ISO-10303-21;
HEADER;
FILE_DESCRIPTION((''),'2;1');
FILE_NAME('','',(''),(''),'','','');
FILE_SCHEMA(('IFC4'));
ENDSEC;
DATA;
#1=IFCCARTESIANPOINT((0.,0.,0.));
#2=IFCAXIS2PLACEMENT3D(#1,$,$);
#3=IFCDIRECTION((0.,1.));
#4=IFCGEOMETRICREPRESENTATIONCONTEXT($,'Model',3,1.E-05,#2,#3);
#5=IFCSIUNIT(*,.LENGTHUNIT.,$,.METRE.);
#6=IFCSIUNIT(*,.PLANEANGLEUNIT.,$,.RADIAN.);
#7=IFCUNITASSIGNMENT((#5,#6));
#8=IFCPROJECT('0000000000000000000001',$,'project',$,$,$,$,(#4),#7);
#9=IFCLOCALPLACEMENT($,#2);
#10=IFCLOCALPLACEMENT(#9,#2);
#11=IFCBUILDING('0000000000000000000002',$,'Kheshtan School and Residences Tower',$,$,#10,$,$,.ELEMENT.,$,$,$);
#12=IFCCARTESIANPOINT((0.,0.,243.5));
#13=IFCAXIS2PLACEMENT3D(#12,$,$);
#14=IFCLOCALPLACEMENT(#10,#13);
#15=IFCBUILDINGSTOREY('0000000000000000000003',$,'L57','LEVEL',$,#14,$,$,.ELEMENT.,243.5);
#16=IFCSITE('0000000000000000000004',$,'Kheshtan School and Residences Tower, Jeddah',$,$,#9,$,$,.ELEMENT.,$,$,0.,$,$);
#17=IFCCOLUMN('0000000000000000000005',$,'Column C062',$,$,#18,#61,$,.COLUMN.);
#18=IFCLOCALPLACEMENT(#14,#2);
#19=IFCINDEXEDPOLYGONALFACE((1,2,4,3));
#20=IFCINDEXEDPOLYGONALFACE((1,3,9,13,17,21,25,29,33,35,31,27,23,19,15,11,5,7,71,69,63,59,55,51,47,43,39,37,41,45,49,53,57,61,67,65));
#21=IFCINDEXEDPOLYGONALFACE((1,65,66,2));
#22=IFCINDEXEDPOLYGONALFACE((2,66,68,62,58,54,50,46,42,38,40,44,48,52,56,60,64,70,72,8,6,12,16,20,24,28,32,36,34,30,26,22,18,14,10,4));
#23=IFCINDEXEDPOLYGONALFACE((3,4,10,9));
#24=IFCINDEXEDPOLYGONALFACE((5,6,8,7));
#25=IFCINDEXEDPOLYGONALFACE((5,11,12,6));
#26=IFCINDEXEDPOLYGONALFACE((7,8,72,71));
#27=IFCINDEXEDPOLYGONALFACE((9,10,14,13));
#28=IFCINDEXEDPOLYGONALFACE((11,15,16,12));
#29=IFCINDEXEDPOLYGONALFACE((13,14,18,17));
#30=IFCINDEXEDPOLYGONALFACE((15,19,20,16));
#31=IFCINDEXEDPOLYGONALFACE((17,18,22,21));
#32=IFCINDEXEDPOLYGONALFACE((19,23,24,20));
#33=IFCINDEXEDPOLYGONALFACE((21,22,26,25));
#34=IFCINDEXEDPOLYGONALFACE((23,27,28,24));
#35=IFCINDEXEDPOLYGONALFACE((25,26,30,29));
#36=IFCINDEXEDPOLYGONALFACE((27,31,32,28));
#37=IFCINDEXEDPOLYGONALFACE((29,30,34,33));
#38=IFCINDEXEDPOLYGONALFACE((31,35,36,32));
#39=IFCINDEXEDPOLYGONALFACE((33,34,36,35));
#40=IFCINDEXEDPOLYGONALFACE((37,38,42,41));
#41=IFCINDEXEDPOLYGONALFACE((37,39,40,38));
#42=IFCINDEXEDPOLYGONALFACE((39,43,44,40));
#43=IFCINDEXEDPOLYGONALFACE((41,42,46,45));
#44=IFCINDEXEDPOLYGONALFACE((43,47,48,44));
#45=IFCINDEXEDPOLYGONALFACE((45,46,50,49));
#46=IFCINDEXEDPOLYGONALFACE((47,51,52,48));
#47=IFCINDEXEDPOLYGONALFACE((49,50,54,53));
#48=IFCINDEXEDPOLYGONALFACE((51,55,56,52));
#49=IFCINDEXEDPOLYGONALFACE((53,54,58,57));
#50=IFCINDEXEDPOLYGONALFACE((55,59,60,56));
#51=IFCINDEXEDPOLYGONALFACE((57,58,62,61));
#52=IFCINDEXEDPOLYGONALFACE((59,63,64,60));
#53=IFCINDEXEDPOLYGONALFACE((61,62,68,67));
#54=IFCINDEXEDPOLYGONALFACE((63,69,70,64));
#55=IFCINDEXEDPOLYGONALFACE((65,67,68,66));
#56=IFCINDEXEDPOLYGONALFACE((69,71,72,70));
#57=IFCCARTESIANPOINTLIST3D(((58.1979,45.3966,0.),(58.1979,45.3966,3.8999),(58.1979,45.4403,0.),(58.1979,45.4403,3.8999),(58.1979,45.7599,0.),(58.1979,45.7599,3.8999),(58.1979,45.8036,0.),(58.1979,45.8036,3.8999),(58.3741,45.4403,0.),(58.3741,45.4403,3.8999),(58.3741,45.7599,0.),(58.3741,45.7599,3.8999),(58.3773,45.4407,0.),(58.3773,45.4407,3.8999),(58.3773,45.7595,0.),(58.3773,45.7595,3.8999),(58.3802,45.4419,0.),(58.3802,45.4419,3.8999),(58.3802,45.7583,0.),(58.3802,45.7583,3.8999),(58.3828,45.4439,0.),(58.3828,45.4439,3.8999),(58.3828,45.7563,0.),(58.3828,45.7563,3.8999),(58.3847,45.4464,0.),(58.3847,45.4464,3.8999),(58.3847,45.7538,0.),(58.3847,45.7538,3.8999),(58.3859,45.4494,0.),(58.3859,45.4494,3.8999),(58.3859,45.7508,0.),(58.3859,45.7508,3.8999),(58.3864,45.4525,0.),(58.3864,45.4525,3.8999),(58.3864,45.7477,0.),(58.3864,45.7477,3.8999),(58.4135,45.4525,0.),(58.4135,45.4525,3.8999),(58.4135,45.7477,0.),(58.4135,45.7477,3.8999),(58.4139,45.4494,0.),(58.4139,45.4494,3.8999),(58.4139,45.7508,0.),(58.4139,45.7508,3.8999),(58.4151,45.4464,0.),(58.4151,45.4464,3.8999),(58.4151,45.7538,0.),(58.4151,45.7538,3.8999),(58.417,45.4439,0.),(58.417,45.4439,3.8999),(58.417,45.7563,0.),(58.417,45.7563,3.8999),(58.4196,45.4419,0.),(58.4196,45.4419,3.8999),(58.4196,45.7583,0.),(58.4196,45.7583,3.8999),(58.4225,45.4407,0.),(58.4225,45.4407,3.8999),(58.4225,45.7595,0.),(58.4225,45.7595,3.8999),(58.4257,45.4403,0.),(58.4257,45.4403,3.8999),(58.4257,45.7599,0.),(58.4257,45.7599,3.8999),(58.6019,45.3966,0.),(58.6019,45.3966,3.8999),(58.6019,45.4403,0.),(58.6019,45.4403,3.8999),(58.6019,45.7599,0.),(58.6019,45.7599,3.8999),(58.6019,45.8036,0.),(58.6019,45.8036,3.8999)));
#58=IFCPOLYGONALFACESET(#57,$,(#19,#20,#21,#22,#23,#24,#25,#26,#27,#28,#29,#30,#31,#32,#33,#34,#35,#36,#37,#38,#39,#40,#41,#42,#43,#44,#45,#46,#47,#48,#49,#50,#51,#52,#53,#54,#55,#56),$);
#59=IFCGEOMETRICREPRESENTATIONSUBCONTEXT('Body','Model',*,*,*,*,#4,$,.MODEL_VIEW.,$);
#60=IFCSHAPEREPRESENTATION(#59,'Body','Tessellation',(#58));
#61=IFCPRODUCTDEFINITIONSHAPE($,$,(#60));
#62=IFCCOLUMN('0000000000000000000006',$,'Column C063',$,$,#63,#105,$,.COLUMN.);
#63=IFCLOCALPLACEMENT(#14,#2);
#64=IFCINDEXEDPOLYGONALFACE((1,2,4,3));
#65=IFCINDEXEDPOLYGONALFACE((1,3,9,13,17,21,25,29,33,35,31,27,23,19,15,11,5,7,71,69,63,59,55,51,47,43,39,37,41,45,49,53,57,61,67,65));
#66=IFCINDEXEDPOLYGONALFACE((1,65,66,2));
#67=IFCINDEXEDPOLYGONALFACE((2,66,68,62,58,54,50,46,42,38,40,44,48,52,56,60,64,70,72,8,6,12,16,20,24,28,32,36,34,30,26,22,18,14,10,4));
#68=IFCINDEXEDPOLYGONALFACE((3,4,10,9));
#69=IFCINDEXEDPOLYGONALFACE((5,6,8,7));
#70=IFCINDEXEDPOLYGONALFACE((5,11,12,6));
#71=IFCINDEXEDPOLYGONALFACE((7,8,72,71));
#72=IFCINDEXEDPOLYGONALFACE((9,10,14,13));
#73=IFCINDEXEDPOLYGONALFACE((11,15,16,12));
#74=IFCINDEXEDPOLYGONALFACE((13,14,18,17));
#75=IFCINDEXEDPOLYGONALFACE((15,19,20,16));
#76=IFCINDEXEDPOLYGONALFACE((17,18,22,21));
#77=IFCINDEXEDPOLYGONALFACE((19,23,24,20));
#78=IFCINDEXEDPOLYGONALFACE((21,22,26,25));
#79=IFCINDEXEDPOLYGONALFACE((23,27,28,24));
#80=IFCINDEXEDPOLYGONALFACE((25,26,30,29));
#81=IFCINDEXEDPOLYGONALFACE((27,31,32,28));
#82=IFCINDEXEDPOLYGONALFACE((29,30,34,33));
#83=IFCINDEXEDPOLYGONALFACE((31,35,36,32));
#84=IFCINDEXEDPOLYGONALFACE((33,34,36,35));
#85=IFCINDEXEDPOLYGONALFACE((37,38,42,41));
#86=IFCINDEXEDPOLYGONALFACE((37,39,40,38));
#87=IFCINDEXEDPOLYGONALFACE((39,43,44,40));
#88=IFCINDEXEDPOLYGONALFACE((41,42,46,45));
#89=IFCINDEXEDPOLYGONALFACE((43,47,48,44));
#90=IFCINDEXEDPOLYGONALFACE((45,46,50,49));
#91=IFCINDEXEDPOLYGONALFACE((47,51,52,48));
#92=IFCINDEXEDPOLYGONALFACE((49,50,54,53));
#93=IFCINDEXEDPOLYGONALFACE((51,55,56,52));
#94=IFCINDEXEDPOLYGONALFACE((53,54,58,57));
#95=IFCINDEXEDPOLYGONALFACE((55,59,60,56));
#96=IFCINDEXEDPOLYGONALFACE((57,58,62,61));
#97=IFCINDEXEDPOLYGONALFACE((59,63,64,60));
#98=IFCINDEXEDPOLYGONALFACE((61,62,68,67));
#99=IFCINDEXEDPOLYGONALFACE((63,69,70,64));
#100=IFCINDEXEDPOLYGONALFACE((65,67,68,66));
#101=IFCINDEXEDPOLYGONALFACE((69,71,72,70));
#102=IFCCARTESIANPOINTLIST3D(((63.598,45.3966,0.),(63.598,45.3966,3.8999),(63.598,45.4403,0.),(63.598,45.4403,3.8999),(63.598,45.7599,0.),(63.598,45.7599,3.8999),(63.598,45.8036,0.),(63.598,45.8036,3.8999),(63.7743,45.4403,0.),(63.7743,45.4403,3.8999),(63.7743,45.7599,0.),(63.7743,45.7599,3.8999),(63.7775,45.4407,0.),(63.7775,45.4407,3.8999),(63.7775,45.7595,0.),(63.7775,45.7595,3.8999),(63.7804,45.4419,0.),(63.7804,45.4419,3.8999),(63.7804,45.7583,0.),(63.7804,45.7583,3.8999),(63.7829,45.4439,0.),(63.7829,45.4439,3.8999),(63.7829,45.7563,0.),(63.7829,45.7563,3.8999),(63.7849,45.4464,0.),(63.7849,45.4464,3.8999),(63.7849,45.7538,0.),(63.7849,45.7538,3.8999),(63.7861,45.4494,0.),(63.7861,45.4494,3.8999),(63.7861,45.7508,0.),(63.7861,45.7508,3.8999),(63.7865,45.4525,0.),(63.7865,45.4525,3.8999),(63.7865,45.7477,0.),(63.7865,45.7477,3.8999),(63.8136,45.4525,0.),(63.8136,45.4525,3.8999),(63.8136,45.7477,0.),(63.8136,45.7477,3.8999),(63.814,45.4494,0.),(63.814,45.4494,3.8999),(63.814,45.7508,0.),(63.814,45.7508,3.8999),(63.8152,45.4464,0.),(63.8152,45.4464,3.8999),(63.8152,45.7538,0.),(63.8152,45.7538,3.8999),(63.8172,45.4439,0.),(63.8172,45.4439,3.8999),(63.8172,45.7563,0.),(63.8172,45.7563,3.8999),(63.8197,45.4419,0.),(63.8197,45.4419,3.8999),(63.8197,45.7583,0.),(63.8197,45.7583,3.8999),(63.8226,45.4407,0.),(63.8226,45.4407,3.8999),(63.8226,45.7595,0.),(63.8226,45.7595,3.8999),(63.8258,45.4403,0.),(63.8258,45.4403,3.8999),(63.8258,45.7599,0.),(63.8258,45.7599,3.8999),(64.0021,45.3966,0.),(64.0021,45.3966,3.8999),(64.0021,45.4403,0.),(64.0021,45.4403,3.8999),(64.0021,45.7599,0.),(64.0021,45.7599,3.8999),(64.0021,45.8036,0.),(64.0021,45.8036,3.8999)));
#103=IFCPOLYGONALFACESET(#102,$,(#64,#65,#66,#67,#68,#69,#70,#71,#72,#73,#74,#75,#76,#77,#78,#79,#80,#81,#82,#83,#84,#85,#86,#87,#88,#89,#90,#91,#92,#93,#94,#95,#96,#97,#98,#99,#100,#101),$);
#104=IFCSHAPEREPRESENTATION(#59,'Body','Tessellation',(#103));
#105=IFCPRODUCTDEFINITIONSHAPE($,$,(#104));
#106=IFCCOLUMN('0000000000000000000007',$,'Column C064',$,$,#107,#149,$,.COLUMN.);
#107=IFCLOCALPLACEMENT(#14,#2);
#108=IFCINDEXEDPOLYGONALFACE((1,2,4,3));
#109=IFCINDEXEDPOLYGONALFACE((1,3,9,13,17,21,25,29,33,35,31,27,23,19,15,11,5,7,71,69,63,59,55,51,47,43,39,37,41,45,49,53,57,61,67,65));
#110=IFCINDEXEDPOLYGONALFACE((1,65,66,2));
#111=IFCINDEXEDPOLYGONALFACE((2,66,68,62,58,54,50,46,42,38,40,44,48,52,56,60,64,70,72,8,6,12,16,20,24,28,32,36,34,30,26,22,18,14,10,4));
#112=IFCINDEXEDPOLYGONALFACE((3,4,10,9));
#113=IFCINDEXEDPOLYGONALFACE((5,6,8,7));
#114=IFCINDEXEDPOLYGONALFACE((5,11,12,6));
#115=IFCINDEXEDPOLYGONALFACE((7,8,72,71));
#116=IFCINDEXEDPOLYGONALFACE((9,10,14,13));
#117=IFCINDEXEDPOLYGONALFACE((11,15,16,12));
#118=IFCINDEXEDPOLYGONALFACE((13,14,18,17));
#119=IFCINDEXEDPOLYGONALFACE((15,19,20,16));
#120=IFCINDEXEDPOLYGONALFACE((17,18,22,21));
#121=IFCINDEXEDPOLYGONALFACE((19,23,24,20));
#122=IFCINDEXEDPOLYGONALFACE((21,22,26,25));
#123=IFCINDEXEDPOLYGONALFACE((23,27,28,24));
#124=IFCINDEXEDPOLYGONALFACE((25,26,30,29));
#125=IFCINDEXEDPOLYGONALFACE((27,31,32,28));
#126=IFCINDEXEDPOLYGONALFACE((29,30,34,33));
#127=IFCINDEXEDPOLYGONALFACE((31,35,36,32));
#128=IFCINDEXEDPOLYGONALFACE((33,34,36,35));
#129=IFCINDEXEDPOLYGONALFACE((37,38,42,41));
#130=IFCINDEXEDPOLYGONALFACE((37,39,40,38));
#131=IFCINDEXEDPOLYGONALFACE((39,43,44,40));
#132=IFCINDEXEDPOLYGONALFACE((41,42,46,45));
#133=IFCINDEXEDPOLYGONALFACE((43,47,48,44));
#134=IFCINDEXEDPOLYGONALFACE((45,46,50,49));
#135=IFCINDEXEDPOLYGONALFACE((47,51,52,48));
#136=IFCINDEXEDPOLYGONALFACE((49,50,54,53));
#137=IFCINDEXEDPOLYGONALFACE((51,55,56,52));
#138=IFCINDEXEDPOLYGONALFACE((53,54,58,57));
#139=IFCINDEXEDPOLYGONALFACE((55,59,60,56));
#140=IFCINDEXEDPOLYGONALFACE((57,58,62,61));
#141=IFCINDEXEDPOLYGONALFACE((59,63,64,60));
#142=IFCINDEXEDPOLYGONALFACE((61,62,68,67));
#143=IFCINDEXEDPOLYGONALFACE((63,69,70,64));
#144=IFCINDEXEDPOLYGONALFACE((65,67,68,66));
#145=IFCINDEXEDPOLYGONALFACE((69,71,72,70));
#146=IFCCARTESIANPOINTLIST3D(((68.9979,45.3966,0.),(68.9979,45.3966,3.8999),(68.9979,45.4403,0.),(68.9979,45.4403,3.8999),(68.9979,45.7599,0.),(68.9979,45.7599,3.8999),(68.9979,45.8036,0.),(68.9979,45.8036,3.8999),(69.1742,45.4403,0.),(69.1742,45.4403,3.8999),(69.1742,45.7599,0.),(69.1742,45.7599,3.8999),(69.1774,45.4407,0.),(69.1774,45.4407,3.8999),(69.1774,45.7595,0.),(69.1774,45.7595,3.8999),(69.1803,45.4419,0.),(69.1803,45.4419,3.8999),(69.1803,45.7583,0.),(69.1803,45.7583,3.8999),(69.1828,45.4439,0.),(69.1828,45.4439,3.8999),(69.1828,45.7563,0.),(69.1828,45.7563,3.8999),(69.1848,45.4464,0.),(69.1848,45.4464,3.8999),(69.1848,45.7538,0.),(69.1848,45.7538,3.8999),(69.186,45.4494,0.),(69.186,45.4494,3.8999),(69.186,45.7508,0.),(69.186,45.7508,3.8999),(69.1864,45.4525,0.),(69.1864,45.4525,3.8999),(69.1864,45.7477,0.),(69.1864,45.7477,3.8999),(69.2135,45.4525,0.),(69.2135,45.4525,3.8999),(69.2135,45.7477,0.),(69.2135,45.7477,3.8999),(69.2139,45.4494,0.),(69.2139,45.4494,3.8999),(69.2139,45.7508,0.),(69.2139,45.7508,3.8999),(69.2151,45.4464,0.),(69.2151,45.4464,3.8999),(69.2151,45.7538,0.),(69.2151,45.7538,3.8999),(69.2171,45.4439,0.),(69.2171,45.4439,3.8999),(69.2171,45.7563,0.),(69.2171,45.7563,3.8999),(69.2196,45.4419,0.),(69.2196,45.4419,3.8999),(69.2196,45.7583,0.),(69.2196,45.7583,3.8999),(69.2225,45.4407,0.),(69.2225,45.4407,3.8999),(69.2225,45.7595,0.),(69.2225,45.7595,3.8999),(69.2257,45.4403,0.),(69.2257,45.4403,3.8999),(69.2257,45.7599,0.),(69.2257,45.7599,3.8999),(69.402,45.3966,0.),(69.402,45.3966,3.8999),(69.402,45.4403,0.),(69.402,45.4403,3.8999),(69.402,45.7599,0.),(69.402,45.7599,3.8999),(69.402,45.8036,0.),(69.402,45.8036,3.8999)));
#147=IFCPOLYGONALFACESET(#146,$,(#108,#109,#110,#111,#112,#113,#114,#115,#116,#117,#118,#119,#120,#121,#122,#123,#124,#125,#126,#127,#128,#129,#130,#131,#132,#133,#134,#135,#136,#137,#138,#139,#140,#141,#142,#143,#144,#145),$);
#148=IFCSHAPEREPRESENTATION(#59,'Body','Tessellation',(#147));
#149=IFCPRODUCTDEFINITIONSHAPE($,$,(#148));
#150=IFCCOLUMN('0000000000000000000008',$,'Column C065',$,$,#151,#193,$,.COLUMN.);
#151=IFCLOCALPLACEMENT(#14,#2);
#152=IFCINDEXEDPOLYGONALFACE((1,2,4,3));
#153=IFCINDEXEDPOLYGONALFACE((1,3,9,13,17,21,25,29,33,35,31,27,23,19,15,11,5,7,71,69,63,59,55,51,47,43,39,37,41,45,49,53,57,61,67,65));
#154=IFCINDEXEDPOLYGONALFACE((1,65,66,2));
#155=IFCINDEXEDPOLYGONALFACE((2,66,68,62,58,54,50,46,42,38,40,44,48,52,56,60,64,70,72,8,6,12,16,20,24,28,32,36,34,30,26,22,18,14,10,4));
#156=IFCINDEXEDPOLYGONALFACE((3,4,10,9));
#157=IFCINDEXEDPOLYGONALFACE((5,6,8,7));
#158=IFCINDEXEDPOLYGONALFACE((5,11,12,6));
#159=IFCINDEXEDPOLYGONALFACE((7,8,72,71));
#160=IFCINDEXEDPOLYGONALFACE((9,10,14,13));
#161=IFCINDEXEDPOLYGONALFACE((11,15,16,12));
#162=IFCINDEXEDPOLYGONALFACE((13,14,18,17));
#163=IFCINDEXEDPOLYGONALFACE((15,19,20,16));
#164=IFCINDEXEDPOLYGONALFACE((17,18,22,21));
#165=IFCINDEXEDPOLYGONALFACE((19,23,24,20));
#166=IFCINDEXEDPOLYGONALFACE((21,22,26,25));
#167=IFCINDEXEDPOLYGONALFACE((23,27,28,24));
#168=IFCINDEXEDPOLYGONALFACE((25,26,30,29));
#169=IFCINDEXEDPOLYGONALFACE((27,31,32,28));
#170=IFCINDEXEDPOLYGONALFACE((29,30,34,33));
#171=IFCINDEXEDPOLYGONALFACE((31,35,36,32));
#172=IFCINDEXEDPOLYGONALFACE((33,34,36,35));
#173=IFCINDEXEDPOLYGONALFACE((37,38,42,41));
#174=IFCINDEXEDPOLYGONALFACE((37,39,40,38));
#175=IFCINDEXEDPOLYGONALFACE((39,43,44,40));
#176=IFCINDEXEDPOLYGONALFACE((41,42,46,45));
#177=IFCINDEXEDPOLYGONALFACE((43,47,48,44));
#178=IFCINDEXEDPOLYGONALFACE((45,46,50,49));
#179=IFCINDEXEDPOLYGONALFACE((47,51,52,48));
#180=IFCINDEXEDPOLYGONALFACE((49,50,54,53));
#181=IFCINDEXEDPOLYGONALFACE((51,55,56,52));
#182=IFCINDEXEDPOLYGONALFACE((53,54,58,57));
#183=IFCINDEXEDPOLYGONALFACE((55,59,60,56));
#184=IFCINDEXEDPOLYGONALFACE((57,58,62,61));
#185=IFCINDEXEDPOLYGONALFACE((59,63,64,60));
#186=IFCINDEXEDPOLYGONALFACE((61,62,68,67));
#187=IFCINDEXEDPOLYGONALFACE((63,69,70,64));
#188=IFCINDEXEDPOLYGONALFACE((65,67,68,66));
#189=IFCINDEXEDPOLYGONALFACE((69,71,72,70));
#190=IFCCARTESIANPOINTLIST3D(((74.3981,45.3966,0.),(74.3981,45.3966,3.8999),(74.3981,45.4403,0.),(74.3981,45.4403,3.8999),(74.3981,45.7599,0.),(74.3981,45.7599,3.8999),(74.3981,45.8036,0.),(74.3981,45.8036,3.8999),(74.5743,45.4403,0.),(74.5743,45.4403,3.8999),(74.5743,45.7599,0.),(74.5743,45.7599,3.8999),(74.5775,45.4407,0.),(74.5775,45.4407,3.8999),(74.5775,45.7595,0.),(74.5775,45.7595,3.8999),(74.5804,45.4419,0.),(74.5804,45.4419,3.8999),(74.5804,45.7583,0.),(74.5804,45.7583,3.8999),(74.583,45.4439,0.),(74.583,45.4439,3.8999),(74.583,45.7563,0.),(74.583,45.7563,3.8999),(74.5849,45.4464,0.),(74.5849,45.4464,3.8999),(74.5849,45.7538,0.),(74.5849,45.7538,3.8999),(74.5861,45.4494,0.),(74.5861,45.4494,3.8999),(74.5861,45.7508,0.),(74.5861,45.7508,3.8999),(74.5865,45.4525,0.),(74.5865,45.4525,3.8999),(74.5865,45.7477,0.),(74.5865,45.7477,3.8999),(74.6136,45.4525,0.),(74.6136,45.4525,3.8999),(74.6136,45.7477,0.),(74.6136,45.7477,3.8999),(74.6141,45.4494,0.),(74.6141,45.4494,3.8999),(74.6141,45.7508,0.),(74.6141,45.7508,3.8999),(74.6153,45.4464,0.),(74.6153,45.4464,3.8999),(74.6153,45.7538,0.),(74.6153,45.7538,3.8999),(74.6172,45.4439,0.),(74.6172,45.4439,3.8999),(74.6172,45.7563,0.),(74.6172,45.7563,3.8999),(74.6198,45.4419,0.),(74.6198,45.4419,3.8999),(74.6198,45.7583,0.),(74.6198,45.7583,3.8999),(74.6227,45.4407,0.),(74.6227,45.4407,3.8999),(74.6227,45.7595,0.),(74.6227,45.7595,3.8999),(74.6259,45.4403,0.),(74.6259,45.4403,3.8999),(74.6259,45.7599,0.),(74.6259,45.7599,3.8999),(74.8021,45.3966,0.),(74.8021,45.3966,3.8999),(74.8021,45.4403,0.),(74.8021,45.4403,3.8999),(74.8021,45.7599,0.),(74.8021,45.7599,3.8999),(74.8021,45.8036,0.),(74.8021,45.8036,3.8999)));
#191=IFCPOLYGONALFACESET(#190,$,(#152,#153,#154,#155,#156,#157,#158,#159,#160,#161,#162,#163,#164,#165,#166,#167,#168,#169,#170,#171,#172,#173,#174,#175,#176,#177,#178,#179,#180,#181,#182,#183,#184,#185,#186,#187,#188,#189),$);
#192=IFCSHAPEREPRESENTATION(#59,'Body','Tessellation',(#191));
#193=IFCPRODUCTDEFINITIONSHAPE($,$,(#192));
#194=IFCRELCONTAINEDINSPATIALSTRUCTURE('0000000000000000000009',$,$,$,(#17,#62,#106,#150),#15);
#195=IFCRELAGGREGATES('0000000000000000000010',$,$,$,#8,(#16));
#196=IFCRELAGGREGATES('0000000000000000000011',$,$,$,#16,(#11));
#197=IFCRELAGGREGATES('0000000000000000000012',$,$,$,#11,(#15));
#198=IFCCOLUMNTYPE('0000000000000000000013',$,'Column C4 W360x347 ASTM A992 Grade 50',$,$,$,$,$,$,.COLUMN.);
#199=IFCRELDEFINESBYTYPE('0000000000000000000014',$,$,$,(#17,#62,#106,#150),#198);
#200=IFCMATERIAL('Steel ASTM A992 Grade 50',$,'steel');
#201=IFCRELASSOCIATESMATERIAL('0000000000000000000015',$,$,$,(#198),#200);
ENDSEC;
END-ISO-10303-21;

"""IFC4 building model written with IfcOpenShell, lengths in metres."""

from ifc_helpers import new_model, si_unit, direction, frame, origin, origin_2d, place, context, subcontext, project, spatial, i_section, extrude, material, material_profile, profile_set, type_object, element, save


model = new_model("IFC4")

# Units and contexts
model_context = context("Model", 3, precision=1e-05, world=origin(), true_north=direction((0.0, 1.0)))
body_context = subcontext(model_context, "Body", "Model", "MODEL_VIEW")
ifc_project = project(units=[si_unit("LENGTHUNIT", "METRE"), si_unit("PLANEANGLEUNIT", "RADIAN")], contexts=[model_context])

# Site, building, storey
site_placement = place(None, origin())
site = spatial("IfcSite", under=ifc_project, at=site_placement, Name="Kheshtan School and Residences Tower, Jeddah", CompositionType="ELEMENT", RefElevation=0.0)
building_placement = place(site_placement, origin())
building = spatial("IfcBuilding", under=site, at=building_placement, Name="Kheshtan School and Residences Tower", CompositionType="ELEMENT")
storey_placement = place(building_placement, frame((0.0, 0.0, 243.5)))
storey = spatial("IfcBuildingStorey", under=building, at=storey_placement, Name="L57", Description="LEVEL", CompositionType="ELEMENT", Elevation=243.5)

# Columns
ifc_material_1 = material(Name="Steel ASTM A992 Grade 50", Category="steel")
ifc_material_profile_1 = material_profile(ifc_material_1, i_section(OverallWidth=0.4041, OverallDepth=0.407, WebThickness=0.0271, FlangeThickness=0.0437, FilletRadius=0.0122, at=origin_2d()), Name="W360x347")
ifc_profile_set_1 = profile_set([ifc_material_profile_1], Name="Steel ASTM A992 Grade 50")
column_type = type_object("IfcColumnType", Name="Column C4 W360x347 ASTM A992 Grade 50", PredefinedType="COLUMN", material=ifc_profile_set_1)
for number, where, z_axis, x_axis, name in (
    (1, (58.3999, 45.6001, 0.0), (0.0, 0.0, 1.0), (1.0, 0.0, 0.0), "Column C062"),
    (2, (63.8, 45.6001, 0.0), (0.0, 0.0, 1.0), (1.0, 0.0, 0.0), "Column C063"),
    (3, (69.2, 45.6001, 0.0), (0.0, 0.0, 1.0), (1.0, 0.0, 0.0), "Column C064"),
    (4, (74.6001, 45.6001, 0.0), (0.0, 0.0, 1.0), (1.0, 0.0, 0.0), "Column C065"),
):
    element("IfcColumn", number, at=place(storey_placement, frame(where, z_axis=z_axis, x_axis=x_axis)), inside=storey, type_object=column_type, Name=name, PredefinedType="COLUMN", context=body_context, shape_type="SweptSolid", body=[
        extrude(i_section(OverallWidth=0.4041, OverallDepth=0.407, WebThickness=0.0271, FlangeThickness=0.0437, FilletRadius=0.0122, at=origin_2d()), origin(), (0.0, 0.0, 1.0), 3.8999),
    ])

save(model, "model.ifc")
